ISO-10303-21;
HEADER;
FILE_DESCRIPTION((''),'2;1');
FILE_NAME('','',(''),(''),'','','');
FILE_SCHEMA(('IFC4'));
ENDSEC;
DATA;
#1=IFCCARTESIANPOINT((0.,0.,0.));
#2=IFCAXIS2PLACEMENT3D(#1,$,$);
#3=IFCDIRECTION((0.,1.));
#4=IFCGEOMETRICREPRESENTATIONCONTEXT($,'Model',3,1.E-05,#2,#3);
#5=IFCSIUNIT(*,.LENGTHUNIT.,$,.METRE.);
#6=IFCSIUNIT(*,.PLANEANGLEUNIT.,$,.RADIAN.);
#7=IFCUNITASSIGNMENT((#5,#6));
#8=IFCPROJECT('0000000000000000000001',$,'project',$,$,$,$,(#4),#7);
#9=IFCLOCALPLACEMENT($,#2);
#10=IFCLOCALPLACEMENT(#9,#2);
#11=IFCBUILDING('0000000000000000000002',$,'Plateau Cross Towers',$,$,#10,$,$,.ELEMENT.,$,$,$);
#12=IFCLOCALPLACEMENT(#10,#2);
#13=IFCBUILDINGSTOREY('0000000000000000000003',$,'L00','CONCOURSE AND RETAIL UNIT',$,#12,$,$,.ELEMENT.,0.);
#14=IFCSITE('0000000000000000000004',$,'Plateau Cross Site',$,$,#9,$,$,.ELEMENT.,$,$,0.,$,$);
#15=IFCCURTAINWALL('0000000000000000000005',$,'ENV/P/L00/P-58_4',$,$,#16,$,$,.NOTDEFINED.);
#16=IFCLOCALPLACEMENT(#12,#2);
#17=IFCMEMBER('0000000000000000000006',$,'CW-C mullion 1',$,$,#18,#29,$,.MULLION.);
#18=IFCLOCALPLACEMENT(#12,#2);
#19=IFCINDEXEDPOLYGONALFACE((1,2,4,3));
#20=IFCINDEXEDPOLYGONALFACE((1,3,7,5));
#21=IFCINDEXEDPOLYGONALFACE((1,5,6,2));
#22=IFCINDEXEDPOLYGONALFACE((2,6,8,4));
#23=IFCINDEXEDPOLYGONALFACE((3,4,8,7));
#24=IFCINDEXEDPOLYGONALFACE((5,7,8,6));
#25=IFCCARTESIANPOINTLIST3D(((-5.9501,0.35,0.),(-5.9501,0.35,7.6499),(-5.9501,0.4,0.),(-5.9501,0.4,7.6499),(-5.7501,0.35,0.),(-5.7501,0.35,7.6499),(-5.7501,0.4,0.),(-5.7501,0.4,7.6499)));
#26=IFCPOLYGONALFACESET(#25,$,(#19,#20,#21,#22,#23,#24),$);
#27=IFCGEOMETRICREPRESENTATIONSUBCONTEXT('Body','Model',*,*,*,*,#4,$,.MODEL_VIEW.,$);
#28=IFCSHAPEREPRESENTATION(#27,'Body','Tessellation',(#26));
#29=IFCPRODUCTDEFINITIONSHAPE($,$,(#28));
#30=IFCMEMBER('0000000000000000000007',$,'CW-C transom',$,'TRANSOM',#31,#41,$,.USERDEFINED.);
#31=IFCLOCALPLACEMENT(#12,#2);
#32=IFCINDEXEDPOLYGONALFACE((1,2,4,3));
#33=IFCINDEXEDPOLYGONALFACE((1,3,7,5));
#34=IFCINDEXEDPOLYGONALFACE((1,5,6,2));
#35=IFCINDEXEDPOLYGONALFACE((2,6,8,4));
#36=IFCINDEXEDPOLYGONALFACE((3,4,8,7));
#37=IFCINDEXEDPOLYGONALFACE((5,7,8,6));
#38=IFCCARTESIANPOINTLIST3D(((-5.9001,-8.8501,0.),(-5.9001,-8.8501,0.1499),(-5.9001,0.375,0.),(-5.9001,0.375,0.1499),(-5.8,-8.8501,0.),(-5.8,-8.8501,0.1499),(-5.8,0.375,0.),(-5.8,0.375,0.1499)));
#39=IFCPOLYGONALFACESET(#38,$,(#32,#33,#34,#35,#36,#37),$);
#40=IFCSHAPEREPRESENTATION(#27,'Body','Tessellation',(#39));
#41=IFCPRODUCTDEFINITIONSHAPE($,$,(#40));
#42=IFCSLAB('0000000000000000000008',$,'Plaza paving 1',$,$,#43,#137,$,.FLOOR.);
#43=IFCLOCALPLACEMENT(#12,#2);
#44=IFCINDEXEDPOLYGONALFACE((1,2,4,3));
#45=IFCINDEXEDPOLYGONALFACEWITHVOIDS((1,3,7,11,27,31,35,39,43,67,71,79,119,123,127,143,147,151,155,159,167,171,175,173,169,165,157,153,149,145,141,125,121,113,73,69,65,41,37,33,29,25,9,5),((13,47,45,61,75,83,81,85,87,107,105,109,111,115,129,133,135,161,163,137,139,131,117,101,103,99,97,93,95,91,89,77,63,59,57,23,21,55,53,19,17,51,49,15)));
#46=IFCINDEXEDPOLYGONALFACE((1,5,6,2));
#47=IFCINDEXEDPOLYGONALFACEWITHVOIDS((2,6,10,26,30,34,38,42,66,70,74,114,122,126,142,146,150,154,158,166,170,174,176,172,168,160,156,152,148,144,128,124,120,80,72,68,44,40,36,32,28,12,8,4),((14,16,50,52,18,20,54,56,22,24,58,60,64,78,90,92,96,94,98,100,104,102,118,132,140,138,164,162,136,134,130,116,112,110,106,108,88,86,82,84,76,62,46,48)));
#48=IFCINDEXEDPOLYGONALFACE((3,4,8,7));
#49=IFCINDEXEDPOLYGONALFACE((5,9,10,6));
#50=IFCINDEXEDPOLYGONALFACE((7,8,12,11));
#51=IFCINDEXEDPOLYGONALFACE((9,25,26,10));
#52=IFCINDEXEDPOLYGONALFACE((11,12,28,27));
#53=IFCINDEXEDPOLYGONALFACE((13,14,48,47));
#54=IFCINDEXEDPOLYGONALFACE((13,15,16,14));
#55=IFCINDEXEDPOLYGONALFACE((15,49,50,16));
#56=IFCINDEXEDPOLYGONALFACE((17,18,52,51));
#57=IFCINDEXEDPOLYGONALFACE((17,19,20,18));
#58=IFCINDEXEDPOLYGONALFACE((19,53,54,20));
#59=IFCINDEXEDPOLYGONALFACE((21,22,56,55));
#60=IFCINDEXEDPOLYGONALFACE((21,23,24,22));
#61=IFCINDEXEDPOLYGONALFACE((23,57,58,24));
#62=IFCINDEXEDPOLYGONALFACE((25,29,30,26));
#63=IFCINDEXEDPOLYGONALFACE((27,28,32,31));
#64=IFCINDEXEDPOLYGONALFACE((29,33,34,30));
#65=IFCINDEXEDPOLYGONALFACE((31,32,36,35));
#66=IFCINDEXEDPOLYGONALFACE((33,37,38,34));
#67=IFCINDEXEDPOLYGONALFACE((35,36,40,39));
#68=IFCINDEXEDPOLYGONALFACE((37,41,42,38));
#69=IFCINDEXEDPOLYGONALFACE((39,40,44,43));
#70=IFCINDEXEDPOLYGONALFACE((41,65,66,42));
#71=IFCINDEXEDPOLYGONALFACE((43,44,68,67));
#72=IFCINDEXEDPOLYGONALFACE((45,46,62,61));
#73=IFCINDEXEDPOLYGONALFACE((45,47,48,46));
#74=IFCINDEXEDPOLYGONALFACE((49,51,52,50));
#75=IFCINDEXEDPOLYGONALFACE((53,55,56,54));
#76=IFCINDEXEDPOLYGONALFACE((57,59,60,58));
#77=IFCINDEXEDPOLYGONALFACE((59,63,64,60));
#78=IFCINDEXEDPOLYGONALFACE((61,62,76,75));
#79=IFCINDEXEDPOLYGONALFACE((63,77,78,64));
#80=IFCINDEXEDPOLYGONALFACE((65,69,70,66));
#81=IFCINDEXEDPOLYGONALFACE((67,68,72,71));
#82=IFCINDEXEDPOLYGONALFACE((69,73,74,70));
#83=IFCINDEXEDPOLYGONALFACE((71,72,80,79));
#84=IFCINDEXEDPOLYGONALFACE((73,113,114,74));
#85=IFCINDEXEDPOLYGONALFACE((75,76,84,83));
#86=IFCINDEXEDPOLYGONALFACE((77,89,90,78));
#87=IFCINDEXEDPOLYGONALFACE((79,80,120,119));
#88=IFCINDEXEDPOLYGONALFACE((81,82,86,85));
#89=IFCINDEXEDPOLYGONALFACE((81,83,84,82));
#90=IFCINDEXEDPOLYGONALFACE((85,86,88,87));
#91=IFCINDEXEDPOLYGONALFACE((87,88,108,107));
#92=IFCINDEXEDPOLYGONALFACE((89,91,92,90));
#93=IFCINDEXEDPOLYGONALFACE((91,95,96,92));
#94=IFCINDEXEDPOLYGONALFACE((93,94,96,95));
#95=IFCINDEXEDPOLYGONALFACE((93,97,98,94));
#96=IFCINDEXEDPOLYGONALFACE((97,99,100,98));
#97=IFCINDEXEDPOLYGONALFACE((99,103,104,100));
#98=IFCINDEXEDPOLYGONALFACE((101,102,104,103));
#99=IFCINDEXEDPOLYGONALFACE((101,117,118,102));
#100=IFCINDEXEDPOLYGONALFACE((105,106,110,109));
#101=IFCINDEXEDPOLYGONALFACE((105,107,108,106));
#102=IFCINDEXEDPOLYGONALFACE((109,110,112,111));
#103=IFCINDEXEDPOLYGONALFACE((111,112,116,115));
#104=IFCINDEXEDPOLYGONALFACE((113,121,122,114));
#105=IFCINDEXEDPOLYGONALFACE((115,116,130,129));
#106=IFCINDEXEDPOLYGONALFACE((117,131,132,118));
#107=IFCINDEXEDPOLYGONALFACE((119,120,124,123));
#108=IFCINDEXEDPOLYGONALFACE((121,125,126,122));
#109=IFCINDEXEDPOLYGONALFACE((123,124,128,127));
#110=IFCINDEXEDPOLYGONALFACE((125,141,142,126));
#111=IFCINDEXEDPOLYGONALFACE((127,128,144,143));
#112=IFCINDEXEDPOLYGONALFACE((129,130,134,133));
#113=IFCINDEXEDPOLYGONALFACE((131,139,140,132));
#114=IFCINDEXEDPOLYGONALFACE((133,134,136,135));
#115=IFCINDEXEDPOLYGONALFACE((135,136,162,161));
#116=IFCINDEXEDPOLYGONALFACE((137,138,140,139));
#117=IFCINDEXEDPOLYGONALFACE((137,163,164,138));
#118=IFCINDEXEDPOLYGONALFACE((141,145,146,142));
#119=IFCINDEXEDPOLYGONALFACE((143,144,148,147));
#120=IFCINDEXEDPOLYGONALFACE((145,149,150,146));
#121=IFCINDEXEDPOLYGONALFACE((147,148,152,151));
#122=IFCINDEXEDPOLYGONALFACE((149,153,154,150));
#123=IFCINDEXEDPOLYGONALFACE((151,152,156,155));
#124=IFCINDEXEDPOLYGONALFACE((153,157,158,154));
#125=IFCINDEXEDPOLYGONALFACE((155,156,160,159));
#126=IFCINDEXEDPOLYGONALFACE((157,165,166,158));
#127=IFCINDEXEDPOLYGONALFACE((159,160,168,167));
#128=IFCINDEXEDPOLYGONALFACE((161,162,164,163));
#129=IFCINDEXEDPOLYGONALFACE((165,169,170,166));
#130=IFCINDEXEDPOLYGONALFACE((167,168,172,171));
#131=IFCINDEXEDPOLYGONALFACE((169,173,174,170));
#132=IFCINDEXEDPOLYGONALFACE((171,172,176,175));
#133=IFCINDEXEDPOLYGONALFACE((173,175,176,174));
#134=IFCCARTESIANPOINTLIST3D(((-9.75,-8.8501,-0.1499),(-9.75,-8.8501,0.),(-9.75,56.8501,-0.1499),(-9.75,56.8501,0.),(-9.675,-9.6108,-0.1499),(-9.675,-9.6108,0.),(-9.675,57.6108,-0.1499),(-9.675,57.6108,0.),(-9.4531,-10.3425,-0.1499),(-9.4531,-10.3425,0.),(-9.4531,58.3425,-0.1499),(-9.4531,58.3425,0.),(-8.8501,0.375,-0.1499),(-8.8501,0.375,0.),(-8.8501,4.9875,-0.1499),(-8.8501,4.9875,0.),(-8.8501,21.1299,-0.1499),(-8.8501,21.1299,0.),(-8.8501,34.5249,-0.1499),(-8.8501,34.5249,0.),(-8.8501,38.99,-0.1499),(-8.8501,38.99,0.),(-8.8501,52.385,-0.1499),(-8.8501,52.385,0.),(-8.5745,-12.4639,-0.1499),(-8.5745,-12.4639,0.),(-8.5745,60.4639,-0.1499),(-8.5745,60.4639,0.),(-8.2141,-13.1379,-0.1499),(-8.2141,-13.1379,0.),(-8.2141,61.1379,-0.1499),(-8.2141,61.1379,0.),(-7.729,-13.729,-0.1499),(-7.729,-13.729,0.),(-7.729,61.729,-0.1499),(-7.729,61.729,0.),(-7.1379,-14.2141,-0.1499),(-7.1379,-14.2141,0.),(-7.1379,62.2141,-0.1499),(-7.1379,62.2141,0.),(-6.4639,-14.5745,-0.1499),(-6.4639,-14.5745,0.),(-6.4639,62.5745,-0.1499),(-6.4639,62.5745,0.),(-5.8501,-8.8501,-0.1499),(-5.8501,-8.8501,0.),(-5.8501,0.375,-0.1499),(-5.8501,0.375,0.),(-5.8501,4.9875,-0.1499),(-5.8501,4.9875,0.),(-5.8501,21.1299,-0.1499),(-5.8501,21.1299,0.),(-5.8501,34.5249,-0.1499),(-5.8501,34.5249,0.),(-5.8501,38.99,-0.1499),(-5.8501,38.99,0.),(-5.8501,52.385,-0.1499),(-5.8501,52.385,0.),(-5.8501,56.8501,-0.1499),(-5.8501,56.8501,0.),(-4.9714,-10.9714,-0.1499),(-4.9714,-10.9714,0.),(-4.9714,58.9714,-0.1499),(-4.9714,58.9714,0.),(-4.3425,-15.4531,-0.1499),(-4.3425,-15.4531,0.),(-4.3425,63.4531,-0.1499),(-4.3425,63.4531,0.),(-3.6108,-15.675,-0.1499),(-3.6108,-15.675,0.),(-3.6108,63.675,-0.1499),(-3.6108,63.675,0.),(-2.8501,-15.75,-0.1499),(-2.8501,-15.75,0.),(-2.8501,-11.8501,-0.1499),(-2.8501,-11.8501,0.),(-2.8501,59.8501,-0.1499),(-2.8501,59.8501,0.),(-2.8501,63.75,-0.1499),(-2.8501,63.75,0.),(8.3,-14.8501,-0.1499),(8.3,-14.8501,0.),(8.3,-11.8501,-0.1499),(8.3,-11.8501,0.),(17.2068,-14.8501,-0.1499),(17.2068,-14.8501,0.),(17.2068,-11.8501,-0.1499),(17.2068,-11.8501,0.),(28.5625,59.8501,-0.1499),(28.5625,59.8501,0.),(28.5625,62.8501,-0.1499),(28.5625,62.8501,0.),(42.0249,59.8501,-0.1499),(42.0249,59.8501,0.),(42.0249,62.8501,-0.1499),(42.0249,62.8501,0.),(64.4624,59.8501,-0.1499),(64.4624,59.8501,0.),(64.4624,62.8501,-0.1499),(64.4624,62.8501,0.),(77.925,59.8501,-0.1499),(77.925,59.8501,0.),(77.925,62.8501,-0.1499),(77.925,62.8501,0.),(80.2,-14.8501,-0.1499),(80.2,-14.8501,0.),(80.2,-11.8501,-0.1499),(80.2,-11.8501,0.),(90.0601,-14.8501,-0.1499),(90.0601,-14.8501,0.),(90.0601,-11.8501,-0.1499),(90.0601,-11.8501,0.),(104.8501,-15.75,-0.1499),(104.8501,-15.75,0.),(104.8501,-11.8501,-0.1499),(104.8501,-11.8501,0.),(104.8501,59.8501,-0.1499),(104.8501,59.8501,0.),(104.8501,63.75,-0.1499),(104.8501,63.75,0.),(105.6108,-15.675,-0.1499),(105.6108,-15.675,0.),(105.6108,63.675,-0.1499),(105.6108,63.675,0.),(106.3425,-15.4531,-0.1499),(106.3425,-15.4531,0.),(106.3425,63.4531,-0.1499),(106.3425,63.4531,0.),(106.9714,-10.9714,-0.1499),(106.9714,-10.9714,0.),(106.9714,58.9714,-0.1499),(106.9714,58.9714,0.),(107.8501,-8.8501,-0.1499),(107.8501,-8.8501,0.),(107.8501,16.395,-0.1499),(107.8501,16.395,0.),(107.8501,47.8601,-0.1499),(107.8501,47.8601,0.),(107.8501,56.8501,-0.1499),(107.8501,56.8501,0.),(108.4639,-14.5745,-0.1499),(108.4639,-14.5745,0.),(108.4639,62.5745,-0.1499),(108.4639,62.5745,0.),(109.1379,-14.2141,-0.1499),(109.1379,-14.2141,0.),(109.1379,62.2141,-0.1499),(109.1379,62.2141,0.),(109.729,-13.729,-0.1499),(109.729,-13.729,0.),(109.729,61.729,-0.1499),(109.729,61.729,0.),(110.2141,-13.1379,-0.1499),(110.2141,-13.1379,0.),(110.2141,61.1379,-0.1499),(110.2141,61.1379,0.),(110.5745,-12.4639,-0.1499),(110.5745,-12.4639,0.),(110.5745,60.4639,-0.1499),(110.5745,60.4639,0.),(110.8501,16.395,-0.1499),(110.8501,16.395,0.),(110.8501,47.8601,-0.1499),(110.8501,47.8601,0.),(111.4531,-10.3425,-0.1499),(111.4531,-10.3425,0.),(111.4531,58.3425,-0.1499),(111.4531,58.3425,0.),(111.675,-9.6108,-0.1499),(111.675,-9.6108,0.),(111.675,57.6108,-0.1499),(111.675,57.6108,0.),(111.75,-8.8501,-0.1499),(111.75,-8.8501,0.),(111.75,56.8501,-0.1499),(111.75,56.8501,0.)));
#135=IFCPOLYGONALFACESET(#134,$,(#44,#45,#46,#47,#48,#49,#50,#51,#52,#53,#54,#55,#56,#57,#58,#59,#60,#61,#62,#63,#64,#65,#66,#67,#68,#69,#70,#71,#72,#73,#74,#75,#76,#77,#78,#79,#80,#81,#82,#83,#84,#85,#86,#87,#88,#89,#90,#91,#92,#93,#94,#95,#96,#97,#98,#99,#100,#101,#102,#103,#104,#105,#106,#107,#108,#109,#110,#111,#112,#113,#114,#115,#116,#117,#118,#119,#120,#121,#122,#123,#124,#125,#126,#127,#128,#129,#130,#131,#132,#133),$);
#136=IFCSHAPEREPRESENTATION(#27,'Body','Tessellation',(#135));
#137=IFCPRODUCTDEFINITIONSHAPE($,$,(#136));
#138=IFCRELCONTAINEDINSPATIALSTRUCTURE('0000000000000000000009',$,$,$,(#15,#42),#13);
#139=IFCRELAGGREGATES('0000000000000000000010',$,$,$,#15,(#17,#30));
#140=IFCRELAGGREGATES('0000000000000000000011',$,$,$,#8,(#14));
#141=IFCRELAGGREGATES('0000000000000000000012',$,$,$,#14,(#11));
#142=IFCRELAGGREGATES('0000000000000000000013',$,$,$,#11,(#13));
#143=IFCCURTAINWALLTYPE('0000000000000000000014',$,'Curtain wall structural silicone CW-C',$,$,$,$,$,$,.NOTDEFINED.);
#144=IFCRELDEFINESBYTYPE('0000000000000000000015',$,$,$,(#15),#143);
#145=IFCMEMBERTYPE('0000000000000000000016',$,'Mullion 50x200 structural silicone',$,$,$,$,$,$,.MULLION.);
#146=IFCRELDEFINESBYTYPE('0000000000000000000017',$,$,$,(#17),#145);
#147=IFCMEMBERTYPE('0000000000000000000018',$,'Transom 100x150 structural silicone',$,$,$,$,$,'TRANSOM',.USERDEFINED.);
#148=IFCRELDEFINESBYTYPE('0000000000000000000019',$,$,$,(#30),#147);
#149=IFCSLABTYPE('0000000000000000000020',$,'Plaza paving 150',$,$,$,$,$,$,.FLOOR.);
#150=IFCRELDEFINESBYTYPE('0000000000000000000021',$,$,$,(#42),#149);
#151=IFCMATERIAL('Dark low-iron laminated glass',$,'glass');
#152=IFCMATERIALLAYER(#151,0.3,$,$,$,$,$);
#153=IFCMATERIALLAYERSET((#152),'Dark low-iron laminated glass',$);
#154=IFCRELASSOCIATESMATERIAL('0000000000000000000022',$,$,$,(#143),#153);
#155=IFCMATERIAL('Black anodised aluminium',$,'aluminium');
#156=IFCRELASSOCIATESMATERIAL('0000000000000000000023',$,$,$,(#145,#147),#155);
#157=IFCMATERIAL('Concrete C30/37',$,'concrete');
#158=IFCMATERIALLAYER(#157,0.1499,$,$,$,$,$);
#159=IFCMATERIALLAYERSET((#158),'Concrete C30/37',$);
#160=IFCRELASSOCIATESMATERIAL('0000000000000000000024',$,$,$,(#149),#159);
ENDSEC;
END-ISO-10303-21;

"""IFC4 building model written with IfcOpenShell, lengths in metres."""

from ifc_helpers import new_model, si_unit, direction, frame, origin, origin_2d, place, context, subcontext, project, spatial, polyline, rectangle, outline, extrude, material, layer, layer_set, material_profile, profile_set, type_object, element, aggregate, save


model = new_model("IFC4")

# Units and contexts
model_context = context("Model", 3, precision=1e-05, world=origin(), true_north=direction((0.0, 1.0)))
body_context = subcontext(model_context, "Body", "Model", "MODEL_VIEW")
ifc_project = project(units=[si_unit("LENGTHUNIT", "METRE"), si_unit("PLANEANGLEUNIT", "RADIAN")], contexts=[model_context])

# Site, building, storey
site_placement = place(None, origin())
site = spatial("IfcSite", under=ifc_project, at=site_placement, Name="Plateau Cross Site", CompositionType="ELEMENT", RefElevation=0.0)
building_placement = place(site_placement, origin())
building = spatial("IfcBuilding", under=site, at=building_placement, Name="Plateau Cross Towers", CompositionType="ELEMENT")
storey_placement = place(building_placement, origin())
storey = spatial("IfcBuildingStorey", under=building, at=storey_placement, Name="L00", Description="CONCOURSE AND RETAIL UNIT", CompositionType="ELEMENT", Elevation=0.0)

# Curtain wall, members
ifc_material_1 = material(Name="Dark low-iron laminated glass", Category="glass")
ifc_layer_1 = layer(ifc_material_1, 0.3)
ifc_layer_set_1 = layer_set([ifc_layer_1], Name="Dark low-iron laminated glass")
curtain_wall_type = type_object("IfcCurtainWallType", Name="Curtain wall structural silicone CW-C", PredefinedType="NOTDEFINED", material=ifc_layer_set_1)
curtain_wall_placement = place(storey_placement, origin())
curtain_wall = element("IfcCurtainWall", 1, at=curtain_wall_placement, inside=storey, type_object=curtain_wall_type, Name="ENV/P/L00/P-58_4", PredefinedType="NOTDEFINED")
ifc_material_2 = material(Name="Black anodised aluminium", Category="aluminium")
ifc_material_profile_1 = material_profile(ifc_material_2, rectangle(XDim=0.05, YDim=0.2, at=origin_2d()), Name="MULLION 50x200")
ifc_profile_set_1 = profile_set([ifc_material_profile_1], Name="Black anodised aluminium")
member_type_1 = type_object("IfcMemberType", Name="Mullion 50x200 structural silicone", PredefinedType="MULLION", material=ifc_profile_set_1)
member_1_placement = place(storey_placement, frame((-5.8501, 0.375, 0.0), z_axis=(0.0, 0.0, 1.0), x_axis=(0.0, -1.0, 0.0)))
member_1 = element("IfcMember", 2, at=member_1_placement, type_object=member_type_1, Name="CW-C mullion 1", PredefinedType="MULLION", context=body_context, shape_type="SweptSolid", body=[
    extrude(rectangle(XDim=0.05, YDim=0.2, at=origin_2d()), origin(), (0.0, 0.0, 1.0), 7.6499),
])
ifc_material_profile_2 = material_profile(ifc_material_2, rectangle(XDim=0.1001, YDim=0.1499, at=origin_2d()), Name="TRANSOM 100x150")
ifc_profile_set_2 = profile_set([ifc_material_profile_2], Name="Black anodised aluminium")
member_type_2 = type_object("IfcMemberType", Name="Transom 100x150 structural silicone", ElementType="TRANSOM", PredefinedType="USERDEFINED", material=ifc_profile_set_2)
member_2_placement = place(storey_placement, frame((-5.8501, 0.375, 0.075), z_axis=(0.0, -1.0, 0.0), x_axis=(1.0, 0.0, 0.0)))
member_2 = element("IfcMember", 3, at=member_2_placement, type_object=member_type_2, Name="CW-C transom", ObjectType="TRANSOM", PredefinedType="USERDEFINED", context=body_context, shape_type="SweptSolid", body=[
    extrude(rectangle(XDim=0.1001, YDim=0.1499, at=origin_2d()), origin(), (0.0, 0.0, 1.0), 9.2251),
])
aggregate(curtain_wall, [member_1, member_2])

# Slab
ifc_material_3 = material(Name="Concrete C30/37", Category="concrete")
ifc_layer_2 = layer(ifc_material_3, 0.1499)
ifc_layer_set_2 = layer_set([ifc_layer_2], Name="Concrete C30/37")
slab_type_1 = type_object("IfcSlabType", Name="Plaza paving 150", PredefinedType="FLOOR", material=ifc_layer_set_2)
slab_1_placement = place(storey_placement, frame((0.0, 0.0, -0.1499)))
element("IfcSlab", 4, at=slab_1_placement, inside=storey, type_object=slab_type_1, Name="Plaza paving 1", PredefinedType="FLOOR", context=body_context, shape_type="SweptSolid", body=[
    extrude(outline(polyline([(-7.1379, -14.2141), (-7.729, -13.729), (-8.2141, -13.1379), (-8.5745, -12.4639), (-9.4531, -10.3425), (-9.675, -9.6108), (-9.75, -8.8501), (-9.75, 56.8501), (-9.675, 57.6108), (-9.4531, 58.3425), (-8.5745, 60.4639), (-8.2141, 61.1379), (-7.729, 61.729), (-7.1379, 62.2141), (-6.4639, 62.5745), (-4.3425, 63.4531), (-3.6108, 63.675), (-2.8501, 63.75), (104.8501, 63.75), (105.6108, 63.675), (106.3425, 63.4531), (108.4639, 62.5745), (109.1379, 62.2141), (109.729, 61.729), (110.2141, 61.1379), (110.5745, 60.4639), (111.4531, 58.3425), (111.675, 57.6108), (111.75, 56.8501), (111.75, -8.8501), (111.675, -9.6108), (111.4531, -10.3425), (110.5745, -12.4639), (110.2141, -13.1379), (109.729, -13.729), (109.1379, -14.2141), (108.4639, -14.5745), (106.3425, -15.4531), (105.6108, -15.675), (104.8501, -15.75), (-2.8501, -15.75), (-3.6108, -15.675), (-4.3425, -15.4531), (-6.4639, -14.5745), (-7.1379, -14.2141)]), holes=[polyline([(106.9714, -10.9714), (107.8501, -8.8501), (107.8501, 16.395), (110.8501, 16.395), (110.8501, 47.8601), (107.8501, 47.8601), (107.8501, 56.8501), (106.9714, 58.9714), (104.8501, 59.8501), (77.925, 59.8501), (77.925, 62.8501), (64.4624, 62.8501), (64.4624, 59.8501), (42.0249, 59.8501), (42.0249, 62.8501), (28.5625, 62.8501), (28.5625, 59.8501), (-2.8501, 59.8501), (-4.9714, 58.9714), (-5.8501, 56.8501), (-5.8501, 52.385), (-8.8501, 52.385), (-8.8501, 38.99), (-5.8501, 38.99), (-5.8501, 34.5249), (-8.8501, 34.5249), (-8.8501, 21.1299), (-5.8501, 21.1299), (-5.8501, 4.9875), (-8.8501, 4.9875), (-8.8501, 0.375), (-5.8501, 0.375), (-5.8501, -8.8501), (-4.9714, -10.9714), (-2.8501, -11.8501), (8.3, -11.8501), (8.3, -14.8501), (17.2068, -14.8501), (17.2068, -11.8501), (80.2, -11.8501), (80.2, -14.8501), (90.0601, -14.8501), (90.0601, -11.8501), (104.8501, -11.8501), (106.9714, -10.9714)])]), origin(), (0.0, 0.0, 1.0), 0.1499),
])

save(model, "model.ifc")
